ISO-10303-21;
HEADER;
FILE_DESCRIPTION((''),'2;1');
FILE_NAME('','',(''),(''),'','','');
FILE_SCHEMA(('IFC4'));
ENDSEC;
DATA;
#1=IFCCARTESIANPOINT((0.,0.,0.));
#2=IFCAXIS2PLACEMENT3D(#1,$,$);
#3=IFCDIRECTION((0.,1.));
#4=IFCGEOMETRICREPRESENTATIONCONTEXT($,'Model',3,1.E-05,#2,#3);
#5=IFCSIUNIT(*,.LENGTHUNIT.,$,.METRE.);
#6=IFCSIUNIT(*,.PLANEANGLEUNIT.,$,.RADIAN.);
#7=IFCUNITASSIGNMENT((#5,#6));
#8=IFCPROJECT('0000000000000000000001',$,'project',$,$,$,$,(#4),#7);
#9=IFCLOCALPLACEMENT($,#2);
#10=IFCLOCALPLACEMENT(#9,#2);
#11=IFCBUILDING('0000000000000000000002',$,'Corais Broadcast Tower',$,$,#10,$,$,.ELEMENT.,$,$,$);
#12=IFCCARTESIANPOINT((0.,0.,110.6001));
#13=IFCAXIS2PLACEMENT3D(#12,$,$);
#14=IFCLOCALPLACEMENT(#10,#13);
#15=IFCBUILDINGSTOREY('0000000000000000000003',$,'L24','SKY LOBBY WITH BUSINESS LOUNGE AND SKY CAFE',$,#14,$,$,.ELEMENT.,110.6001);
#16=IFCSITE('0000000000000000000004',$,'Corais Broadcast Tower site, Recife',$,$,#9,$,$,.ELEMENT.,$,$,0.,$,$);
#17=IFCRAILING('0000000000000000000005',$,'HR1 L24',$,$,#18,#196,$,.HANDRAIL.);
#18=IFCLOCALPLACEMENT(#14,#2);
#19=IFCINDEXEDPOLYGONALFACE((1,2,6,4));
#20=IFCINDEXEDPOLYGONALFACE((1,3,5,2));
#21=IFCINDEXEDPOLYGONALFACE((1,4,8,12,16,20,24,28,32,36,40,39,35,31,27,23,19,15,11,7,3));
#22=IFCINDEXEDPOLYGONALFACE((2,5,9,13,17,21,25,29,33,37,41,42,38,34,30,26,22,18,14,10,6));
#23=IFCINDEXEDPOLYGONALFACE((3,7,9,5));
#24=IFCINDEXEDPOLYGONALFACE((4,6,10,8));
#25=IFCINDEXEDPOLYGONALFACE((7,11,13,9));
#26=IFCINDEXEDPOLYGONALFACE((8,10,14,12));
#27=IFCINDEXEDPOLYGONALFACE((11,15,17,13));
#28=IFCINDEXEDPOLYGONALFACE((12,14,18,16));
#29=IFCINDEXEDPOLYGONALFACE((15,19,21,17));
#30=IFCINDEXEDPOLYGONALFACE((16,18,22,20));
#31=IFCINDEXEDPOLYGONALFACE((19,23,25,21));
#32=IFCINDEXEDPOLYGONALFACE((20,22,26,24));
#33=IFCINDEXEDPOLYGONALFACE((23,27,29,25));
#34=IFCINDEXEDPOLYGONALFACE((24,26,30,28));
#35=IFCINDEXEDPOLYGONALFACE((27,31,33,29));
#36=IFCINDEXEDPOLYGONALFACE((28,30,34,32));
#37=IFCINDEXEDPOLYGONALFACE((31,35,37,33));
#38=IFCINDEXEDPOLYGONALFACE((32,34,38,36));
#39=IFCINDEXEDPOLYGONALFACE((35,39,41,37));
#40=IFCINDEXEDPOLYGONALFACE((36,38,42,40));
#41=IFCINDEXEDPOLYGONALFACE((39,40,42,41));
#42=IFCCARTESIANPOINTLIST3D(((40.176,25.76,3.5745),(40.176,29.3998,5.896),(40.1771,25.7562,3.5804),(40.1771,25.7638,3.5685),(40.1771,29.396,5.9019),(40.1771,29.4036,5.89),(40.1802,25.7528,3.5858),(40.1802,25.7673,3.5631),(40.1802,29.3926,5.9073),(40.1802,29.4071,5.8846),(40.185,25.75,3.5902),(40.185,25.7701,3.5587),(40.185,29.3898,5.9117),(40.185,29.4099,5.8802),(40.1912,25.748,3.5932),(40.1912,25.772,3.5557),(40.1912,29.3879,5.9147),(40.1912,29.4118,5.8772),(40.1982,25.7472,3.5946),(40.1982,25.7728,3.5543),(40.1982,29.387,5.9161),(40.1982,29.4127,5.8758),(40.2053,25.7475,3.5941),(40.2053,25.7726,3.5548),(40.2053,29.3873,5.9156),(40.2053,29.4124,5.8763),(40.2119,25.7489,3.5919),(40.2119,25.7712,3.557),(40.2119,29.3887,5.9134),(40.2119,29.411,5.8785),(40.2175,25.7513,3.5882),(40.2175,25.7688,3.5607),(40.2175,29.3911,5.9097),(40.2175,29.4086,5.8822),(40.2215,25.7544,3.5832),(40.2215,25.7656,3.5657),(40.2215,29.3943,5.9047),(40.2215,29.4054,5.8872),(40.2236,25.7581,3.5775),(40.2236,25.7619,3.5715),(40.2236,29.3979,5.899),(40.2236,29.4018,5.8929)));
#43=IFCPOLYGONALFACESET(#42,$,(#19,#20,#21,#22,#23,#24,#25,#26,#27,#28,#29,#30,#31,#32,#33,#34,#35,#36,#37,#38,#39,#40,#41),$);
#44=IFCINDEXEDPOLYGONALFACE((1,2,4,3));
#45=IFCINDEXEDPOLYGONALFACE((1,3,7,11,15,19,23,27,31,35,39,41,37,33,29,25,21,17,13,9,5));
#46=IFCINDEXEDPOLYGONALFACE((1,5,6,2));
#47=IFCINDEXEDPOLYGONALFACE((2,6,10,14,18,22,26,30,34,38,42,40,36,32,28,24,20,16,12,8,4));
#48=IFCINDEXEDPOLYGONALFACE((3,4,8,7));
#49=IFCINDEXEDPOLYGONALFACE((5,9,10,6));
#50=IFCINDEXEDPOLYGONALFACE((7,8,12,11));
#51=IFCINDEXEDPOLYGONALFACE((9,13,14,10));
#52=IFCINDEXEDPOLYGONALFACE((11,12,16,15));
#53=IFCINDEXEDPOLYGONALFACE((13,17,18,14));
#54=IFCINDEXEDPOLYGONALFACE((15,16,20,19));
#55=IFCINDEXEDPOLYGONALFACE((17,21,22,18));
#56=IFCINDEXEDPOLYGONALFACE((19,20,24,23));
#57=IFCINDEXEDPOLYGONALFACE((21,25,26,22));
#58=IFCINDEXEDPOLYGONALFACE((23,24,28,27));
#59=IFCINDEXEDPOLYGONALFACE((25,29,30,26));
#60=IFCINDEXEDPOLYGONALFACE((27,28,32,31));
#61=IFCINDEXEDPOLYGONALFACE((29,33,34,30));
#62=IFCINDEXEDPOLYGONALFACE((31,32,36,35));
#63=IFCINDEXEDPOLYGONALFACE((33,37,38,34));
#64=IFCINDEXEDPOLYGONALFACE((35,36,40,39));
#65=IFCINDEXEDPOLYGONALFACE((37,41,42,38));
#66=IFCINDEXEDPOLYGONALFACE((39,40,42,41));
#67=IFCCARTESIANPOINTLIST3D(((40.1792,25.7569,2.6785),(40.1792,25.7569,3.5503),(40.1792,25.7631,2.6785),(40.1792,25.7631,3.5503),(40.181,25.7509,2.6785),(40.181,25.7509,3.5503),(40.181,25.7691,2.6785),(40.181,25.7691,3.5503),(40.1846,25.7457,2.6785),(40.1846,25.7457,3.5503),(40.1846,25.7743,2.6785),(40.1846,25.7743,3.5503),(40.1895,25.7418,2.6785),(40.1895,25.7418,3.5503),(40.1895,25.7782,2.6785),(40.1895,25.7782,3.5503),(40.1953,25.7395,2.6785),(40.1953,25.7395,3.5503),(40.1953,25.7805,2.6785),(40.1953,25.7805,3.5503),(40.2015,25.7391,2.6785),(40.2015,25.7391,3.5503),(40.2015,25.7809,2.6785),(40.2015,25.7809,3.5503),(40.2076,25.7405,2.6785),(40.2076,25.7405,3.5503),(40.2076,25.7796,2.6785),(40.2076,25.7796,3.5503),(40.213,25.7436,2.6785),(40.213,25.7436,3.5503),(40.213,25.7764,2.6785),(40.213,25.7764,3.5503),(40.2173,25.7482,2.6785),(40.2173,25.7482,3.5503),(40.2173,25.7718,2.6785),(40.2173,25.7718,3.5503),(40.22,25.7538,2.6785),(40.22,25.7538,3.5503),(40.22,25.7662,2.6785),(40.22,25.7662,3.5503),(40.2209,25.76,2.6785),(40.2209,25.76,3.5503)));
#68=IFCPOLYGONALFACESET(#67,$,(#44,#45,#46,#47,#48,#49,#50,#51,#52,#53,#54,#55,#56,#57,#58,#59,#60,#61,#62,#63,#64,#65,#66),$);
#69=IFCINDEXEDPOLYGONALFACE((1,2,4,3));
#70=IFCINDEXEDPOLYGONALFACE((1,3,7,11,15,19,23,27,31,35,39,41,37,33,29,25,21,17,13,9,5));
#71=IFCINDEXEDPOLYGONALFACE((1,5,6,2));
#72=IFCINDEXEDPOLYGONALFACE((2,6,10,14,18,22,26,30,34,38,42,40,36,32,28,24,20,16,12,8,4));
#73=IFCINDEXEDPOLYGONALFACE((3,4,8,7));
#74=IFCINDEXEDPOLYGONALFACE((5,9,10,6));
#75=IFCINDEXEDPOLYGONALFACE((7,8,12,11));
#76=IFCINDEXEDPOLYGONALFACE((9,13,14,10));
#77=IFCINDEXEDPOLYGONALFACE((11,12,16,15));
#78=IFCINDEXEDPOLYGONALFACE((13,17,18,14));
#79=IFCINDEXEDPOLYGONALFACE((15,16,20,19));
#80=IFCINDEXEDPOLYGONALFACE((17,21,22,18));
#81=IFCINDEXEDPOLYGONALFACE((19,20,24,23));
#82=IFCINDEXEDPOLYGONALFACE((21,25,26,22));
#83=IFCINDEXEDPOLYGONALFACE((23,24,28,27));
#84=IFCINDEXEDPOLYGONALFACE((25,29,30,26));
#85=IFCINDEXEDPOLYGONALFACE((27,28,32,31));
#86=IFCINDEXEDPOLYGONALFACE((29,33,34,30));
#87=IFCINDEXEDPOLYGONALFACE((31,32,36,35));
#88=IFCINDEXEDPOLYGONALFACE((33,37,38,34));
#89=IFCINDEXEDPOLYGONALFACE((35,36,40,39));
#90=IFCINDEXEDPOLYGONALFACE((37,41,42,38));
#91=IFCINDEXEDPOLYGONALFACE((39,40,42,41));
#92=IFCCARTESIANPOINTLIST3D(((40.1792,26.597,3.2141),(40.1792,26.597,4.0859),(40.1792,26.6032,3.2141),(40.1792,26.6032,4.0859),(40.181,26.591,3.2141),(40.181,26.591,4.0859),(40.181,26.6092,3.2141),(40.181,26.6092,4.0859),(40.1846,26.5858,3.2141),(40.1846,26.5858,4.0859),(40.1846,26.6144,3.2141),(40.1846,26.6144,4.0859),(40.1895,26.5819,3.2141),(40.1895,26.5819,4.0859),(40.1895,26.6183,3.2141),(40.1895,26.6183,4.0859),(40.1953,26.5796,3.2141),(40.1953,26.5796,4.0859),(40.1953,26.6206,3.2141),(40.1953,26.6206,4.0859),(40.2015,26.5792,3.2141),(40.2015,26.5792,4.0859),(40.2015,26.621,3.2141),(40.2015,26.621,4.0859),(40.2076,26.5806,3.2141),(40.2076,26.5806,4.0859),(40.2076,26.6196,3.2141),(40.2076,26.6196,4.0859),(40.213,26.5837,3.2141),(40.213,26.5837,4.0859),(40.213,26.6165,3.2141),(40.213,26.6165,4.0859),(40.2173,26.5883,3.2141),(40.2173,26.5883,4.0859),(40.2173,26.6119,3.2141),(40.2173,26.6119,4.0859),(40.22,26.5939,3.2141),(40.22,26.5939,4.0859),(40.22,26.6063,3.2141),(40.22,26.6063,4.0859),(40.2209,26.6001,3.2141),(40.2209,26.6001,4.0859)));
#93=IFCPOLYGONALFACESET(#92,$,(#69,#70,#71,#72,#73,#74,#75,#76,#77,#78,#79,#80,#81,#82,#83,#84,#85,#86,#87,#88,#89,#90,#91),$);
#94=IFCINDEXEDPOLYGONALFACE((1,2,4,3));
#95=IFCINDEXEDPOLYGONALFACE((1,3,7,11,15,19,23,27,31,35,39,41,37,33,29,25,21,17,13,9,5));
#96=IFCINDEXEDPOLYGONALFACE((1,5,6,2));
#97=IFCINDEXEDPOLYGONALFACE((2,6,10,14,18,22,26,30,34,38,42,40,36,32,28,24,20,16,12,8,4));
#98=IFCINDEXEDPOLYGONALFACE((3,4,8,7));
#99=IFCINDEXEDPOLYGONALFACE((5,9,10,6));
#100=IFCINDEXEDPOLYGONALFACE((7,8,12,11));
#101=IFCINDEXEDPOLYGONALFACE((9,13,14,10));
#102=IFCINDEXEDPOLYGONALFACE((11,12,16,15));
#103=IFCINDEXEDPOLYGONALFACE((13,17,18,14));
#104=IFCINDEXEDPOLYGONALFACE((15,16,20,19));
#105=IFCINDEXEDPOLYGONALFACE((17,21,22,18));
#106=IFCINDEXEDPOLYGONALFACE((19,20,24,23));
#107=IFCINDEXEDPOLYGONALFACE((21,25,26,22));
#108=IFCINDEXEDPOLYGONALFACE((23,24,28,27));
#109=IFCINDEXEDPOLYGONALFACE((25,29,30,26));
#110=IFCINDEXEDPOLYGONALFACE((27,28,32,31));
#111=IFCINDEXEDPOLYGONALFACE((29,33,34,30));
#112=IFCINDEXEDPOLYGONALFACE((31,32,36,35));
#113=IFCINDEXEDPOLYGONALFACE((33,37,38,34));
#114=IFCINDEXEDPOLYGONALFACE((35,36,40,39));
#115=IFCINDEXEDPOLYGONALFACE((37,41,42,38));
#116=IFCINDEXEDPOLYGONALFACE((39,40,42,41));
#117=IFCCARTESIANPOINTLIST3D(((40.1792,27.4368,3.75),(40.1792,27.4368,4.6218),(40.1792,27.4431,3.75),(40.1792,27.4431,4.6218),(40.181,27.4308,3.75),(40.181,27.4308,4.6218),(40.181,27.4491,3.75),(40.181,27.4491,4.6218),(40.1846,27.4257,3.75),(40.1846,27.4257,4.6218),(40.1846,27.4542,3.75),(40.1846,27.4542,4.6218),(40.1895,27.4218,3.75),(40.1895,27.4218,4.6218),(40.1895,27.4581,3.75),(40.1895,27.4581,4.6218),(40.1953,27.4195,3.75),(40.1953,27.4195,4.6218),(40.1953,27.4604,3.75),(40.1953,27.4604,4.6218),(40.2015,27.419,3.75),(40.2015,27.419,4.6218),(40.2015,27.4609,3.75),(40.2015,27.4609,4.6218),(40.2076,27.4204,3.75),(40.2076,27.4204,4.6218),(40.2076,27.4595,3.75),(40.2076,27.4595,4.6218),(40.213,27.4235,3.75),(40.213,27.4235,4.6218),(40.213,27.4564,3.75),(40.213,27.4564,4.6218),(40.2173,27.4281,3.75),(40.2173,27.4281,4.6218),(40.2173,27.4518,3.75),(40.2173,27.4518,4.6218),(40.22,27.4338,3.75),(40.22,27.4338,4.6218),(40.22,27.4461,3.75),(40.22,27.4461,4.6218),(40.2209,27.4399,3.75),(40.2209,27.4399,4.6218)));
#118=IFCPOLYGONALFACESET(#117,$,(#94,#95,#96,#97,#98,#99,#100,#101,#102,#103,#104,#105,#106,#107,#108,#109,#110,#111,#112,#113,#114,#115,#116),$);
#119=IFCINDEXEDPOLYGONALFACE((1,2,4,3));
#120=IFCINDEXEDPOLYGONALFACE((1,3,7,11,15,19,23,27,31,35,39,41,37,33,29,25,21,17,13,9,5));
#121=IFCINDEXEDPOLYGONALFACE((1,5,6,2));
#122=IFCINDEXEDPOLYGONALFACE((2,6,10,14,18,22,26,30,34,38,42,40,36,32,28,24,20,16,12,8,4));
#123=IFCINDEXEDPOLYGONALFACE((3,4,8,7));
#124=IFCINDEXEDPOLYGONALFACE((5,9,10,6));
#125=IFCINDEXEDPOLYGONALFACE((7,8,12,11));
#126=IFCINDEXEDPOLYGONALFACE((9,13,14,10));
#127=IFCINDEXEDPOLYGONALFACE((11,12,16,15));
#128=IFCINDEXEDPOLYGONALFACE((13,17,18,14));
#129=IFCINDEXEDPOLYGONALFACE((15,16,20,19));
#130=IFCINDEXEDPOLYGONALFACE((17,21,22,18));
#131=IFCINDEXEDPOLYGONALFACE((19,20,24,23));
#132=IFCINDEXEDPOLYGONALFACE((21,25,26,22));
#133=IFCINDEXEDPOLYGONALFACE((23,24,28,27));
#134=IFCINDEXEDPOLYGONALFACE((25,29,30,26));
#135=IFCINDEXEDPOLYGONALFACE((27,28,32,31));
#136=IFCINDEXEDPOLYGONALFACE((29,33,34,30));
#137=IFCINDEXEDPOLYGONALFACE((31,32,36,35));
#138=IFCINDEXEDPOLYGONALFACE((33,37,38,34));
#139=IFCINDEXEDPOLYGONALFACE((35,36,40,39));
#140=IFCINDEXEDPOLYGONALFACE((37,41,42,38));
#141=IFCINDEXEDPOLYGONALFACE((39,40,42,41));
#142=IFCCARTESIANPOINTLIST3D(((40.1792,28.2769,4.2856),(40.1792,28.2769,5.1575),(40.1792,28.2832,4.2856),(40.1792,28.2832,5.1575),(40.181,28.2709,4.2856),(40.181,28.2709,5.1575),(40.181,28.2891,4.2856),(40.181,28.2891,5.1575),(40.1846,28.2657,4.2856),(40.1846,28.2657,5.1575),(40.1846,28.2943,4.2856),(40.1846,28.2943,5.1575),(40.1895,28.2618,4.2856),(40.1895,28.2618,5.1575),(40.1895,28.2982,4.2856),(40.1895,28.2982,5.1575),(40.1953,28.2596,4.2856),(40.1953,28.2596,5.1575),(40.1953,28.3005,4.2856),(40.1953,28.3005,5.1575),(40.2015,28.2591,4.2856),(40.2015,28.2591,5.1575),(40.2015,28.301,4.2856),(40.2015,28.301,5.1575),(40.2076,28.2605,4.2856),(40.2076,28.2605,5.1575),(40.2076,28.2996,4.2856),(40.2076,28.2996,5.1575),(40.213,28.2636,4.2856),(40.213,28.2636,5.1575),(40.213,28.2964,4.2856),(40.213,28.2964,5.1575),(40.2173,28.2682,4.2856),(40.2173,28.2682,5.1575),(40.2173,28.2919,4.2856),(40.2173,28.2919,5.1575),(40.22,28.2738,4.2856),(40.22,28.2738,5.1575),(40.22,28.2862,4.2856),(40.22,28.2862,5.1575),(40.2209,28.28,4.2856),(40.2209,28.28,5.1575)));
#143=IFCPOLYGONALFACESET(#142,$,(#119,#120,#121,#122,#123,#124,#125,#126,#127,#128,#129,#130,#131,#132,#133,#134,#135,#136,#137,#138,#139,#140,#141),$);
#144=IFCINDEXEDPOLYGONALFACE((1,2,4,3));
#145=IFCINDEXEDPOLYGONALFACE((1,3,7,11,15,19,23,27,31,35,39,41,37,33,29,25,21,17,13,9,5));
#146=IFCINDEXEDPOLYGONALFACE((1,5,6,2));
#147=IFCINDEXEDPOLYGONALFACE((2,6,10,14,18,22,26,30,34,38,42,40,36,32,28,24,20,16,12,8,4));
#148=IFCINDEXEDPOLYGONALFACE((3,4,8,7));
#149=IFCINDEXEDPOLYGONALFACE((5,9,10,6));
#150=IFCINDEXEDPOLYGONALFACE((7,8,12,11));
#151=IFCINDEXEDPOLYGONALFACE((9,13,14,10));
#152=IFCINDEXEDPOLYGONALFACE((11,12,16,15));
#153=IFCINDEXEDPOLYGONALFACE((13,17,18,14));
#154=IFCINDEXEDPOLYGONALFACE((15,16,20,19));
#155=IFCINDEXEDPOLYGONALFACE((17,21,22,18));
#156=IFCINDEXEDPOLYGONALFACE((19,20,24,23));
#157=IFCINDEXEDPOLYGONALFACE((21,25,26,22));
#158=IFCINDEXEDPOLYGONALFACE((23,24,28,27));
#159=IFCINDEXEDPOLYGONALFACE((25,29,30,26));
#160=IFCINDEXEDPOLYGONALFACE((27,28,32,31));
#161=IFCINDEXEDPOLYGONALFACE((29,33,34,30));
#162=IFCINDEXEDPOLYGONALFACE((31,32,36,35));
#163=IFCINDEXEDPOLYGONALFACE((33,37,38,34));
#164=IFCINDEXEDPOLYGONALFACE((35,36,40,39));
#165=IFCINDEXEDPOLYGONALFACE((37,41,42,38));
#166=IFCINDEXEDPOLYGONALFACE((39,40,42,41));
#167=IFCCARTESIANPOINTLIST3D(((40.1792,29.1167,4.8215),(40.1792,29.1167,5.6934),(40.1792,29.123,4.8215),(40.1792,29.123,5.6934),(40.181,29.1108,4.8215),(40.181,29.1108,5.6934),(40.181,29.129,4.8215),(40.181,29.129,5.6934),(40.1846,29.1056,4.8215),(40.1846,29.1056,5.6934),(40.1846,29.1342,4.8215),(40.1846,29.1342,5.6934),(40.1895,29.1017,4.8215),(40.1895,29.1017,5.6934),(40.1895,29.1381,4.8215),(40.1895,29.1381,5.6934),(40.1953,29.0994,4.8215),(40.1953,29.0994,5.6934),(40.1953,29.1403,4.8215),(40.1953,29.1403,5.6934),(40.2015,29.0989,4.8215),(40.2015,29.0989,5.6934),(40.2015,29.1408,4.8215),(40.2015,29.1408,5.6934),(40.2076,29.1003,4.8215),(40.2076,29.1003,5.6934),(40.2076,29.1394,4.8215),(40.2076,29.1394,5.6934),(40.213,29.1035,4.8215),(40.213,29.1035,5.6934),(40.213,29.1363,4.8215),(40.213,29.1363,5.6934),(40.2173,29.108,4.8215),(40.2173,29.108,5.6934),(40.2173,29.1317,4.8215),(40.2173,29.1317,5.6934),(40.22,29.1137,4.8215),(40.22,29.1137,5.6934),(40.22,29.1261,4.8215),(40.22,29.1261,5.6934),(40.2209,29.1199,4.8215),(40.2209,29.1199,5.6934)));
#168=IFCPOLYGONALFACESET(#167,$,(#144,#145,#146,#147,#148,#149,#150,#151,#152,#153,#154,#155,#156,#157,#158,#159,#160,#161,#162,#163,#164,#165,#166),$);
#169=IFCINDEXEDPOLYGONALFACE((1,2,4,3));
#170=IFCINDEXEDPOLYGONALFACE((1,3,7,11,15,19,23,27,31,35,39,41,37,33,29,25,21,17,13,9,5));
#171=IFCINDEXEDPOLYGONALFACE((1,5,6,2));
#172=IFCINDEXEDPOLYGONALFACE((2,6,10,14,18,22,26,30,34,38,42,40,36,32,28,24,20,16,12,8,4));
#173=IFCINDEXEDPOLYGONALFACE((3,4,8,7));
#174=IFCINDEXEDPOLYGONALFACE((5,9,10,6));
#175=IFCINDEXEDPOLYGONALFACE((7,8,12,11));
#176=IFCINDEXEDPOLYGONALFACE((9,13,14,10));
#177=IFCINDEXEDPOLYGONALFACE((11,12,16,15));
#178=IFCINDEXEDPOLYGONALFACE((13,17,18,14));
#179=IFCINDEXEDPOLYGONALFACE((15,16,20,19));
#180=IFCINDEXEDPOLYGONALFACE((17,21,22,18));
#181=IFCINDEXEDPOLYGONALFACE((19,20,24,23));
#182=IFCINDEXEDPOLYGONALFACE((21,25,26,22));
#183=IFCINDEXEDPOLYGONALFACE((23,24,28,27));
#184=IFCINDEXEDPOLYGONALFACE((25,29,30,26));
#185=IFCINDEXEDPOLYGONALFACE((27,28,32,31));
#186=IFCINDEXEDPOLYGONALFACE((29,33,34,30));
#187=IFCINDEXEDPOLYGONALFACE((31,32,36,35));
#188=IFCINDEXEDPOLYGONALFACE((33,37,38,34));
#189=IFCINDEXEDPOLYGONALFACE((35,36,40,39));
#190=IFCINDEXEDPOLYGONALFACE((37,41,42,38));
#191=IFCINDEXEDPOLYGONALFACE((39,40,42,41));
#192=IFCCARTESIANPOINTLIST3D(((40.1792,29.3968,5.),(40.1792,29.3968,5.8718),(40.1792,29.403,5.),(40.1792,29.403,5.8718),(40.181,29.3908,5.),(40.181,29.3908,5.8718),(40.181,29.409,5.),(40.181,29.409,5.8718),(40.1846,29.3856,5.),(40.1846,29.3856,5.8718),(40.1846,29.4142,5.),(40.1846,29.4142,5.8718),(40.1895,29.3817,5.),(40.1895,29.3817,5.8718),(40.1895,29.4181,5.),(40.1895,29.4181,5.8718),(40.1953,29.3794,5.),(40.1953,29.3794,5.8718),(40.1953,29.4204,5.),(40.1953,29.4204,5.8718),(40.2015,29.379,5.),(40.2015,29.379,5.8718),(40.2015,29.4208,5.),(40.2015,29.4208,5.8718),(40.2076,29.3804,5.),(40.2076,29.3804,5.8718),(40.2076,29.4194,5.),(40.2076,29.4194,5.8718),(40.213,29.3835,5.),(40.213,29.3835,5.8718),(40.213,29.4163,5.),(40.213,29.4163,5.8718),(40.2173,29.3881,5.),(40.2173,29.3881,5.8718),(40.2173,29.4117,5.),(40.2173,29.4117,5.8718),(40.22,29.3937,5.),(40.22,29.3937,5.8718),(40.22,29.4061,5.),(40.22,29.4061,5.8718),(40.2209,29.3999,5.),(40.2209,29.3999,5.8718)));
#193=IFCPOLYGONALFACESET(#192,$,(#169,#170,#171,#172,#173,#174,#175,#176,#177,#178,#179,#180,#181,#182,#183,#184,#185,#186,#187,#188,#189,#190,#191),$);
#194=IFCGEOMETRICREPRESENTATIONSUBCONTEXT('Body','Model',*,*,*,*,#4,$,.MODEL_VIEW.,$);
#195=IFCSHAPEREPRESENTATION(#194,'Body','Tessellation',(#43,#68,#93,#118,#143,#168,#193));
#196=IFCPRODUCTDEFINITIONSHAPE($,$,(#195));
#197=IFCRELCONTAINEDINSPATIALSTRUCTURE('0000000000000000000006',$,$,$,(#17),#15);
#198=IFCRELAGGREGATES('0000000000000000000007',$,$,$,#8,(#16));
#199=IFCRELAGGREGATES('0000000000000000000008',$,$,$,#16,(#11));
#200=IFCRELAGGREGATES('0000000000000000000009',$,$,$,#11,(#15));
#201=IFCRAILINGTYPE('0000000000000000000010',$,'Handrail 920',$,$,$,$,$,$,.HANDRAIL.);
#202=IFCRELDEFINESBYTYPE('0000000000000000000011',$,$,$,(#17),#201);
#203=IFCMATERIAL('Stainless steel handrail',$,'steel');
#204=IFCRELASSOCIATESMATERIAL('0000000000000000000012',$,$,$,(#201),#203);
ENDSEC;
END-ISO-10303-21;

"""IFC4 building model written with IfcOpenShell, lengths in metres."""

from ifc_helpers import new_model, si_unit, direction, frame, origin, origin_2d, place, context, subcontext, project, spatial, circle, extrude, material, type_object, element, save


model = new_model("IFC4")

# Units and contexts
model_context = context("Model", 3, precision=1e-05, world=origin(), true_north=direction((0.0, 1.0)))
body_context = subcontext(model_context, "Body", "Model", "MODEL_VIEW")
ifc_project = project(units=[si_unit("LENGTHUNIT", "METRE"), si_unit("PLANEANGLEUNIT", "RADIAN")], contexts=[model_context])

# Site, building, storey
site_placement = place(None, origin())
site = spatial("IfcSite", under=ifc_project, at=site_placement, Name="Corais Broadcast Tower site, Recife", CompositionType="ELEMENT", RefElevation=0.0)
building_placement = place(site_placement, origin())
building = spatial("IfcBuilding", under=site, at=building_placement, Name="Corais Broadcast Tower", CompositionType="ELEMENT")
storey_placement = place(building_placement, frame((0.0, 0.0, 110.6001)))
storey = spatial("IfcBuildingStorey", under=building, at=storey_placement, Name="L24", Description="SKY LOBBY WITH BUSINESS LOUNGE AND SKY CAFE", CompositionType="ELEMENT", Elevation=110.6001)

# Railing
ifc_material_1 = material(Name="Stainless steel handrail", Category="steel")
railing_type = type_object("IfcRailingType", Name="Handrail 920", PredefinedType="HANDRAIL", material=ifc_material_1)
for number, where, name in (
    (1, (40.2, 25.76, 2.6785), "HR1 L24"),
):
    element("IfcRailing", number, at=place(storey_placement, frame(where)), inside=storey, type_object=railing_type, Name=name, PredefinedType="HANDRAIL", context=body_context, shape_type="SweptSolid", body=[
        extrude(circle(Radius=0.0239, at=origin_2d()), frame((0.0, 0.0, 0.896), z_axis=(0.0, 0.843112, 0.537739), x_axis=(-1.0, 0.0, 0.0)), (0.0, 0.0, 1.0), 4.3171),
        extrude(circle(Radius=0.021, at=origin_2d()), origin(), (0.0, 0.0, 1.0), 0.8718),
        extrude(circle(Radius=0.021, at=origin_2d()), frame((0.0, 0.8401, 0.5356)), (0.0, 0.0, 1.0), 0.8718),
        extrude(circle(Radius=0.021, at=origin_2d()), frame((0.0, 1.6799, 1.0715)), (0.0, 0.0, 1.0), 0.8718),
        extrude(circle(Radius=0.021, at=origin_2d()), frame((0.0, 2.52, 1.6072)), (0.0, 0.0, 1.0), 0.8718),
        extrude(circle(Radius=0.021, at=origin_2d()), frame((0.0, 3.3599, 2.1431)), (0.0, 0.0, 1.0), 0.8718),
        extrude(circle(Radius=0.021, at=origin_2d()), frame((0.0, 3.6399, 2.3215)), (0.0, 0.0, 1.0), 0.8718),
    ])

save(model, "model.ifc")
